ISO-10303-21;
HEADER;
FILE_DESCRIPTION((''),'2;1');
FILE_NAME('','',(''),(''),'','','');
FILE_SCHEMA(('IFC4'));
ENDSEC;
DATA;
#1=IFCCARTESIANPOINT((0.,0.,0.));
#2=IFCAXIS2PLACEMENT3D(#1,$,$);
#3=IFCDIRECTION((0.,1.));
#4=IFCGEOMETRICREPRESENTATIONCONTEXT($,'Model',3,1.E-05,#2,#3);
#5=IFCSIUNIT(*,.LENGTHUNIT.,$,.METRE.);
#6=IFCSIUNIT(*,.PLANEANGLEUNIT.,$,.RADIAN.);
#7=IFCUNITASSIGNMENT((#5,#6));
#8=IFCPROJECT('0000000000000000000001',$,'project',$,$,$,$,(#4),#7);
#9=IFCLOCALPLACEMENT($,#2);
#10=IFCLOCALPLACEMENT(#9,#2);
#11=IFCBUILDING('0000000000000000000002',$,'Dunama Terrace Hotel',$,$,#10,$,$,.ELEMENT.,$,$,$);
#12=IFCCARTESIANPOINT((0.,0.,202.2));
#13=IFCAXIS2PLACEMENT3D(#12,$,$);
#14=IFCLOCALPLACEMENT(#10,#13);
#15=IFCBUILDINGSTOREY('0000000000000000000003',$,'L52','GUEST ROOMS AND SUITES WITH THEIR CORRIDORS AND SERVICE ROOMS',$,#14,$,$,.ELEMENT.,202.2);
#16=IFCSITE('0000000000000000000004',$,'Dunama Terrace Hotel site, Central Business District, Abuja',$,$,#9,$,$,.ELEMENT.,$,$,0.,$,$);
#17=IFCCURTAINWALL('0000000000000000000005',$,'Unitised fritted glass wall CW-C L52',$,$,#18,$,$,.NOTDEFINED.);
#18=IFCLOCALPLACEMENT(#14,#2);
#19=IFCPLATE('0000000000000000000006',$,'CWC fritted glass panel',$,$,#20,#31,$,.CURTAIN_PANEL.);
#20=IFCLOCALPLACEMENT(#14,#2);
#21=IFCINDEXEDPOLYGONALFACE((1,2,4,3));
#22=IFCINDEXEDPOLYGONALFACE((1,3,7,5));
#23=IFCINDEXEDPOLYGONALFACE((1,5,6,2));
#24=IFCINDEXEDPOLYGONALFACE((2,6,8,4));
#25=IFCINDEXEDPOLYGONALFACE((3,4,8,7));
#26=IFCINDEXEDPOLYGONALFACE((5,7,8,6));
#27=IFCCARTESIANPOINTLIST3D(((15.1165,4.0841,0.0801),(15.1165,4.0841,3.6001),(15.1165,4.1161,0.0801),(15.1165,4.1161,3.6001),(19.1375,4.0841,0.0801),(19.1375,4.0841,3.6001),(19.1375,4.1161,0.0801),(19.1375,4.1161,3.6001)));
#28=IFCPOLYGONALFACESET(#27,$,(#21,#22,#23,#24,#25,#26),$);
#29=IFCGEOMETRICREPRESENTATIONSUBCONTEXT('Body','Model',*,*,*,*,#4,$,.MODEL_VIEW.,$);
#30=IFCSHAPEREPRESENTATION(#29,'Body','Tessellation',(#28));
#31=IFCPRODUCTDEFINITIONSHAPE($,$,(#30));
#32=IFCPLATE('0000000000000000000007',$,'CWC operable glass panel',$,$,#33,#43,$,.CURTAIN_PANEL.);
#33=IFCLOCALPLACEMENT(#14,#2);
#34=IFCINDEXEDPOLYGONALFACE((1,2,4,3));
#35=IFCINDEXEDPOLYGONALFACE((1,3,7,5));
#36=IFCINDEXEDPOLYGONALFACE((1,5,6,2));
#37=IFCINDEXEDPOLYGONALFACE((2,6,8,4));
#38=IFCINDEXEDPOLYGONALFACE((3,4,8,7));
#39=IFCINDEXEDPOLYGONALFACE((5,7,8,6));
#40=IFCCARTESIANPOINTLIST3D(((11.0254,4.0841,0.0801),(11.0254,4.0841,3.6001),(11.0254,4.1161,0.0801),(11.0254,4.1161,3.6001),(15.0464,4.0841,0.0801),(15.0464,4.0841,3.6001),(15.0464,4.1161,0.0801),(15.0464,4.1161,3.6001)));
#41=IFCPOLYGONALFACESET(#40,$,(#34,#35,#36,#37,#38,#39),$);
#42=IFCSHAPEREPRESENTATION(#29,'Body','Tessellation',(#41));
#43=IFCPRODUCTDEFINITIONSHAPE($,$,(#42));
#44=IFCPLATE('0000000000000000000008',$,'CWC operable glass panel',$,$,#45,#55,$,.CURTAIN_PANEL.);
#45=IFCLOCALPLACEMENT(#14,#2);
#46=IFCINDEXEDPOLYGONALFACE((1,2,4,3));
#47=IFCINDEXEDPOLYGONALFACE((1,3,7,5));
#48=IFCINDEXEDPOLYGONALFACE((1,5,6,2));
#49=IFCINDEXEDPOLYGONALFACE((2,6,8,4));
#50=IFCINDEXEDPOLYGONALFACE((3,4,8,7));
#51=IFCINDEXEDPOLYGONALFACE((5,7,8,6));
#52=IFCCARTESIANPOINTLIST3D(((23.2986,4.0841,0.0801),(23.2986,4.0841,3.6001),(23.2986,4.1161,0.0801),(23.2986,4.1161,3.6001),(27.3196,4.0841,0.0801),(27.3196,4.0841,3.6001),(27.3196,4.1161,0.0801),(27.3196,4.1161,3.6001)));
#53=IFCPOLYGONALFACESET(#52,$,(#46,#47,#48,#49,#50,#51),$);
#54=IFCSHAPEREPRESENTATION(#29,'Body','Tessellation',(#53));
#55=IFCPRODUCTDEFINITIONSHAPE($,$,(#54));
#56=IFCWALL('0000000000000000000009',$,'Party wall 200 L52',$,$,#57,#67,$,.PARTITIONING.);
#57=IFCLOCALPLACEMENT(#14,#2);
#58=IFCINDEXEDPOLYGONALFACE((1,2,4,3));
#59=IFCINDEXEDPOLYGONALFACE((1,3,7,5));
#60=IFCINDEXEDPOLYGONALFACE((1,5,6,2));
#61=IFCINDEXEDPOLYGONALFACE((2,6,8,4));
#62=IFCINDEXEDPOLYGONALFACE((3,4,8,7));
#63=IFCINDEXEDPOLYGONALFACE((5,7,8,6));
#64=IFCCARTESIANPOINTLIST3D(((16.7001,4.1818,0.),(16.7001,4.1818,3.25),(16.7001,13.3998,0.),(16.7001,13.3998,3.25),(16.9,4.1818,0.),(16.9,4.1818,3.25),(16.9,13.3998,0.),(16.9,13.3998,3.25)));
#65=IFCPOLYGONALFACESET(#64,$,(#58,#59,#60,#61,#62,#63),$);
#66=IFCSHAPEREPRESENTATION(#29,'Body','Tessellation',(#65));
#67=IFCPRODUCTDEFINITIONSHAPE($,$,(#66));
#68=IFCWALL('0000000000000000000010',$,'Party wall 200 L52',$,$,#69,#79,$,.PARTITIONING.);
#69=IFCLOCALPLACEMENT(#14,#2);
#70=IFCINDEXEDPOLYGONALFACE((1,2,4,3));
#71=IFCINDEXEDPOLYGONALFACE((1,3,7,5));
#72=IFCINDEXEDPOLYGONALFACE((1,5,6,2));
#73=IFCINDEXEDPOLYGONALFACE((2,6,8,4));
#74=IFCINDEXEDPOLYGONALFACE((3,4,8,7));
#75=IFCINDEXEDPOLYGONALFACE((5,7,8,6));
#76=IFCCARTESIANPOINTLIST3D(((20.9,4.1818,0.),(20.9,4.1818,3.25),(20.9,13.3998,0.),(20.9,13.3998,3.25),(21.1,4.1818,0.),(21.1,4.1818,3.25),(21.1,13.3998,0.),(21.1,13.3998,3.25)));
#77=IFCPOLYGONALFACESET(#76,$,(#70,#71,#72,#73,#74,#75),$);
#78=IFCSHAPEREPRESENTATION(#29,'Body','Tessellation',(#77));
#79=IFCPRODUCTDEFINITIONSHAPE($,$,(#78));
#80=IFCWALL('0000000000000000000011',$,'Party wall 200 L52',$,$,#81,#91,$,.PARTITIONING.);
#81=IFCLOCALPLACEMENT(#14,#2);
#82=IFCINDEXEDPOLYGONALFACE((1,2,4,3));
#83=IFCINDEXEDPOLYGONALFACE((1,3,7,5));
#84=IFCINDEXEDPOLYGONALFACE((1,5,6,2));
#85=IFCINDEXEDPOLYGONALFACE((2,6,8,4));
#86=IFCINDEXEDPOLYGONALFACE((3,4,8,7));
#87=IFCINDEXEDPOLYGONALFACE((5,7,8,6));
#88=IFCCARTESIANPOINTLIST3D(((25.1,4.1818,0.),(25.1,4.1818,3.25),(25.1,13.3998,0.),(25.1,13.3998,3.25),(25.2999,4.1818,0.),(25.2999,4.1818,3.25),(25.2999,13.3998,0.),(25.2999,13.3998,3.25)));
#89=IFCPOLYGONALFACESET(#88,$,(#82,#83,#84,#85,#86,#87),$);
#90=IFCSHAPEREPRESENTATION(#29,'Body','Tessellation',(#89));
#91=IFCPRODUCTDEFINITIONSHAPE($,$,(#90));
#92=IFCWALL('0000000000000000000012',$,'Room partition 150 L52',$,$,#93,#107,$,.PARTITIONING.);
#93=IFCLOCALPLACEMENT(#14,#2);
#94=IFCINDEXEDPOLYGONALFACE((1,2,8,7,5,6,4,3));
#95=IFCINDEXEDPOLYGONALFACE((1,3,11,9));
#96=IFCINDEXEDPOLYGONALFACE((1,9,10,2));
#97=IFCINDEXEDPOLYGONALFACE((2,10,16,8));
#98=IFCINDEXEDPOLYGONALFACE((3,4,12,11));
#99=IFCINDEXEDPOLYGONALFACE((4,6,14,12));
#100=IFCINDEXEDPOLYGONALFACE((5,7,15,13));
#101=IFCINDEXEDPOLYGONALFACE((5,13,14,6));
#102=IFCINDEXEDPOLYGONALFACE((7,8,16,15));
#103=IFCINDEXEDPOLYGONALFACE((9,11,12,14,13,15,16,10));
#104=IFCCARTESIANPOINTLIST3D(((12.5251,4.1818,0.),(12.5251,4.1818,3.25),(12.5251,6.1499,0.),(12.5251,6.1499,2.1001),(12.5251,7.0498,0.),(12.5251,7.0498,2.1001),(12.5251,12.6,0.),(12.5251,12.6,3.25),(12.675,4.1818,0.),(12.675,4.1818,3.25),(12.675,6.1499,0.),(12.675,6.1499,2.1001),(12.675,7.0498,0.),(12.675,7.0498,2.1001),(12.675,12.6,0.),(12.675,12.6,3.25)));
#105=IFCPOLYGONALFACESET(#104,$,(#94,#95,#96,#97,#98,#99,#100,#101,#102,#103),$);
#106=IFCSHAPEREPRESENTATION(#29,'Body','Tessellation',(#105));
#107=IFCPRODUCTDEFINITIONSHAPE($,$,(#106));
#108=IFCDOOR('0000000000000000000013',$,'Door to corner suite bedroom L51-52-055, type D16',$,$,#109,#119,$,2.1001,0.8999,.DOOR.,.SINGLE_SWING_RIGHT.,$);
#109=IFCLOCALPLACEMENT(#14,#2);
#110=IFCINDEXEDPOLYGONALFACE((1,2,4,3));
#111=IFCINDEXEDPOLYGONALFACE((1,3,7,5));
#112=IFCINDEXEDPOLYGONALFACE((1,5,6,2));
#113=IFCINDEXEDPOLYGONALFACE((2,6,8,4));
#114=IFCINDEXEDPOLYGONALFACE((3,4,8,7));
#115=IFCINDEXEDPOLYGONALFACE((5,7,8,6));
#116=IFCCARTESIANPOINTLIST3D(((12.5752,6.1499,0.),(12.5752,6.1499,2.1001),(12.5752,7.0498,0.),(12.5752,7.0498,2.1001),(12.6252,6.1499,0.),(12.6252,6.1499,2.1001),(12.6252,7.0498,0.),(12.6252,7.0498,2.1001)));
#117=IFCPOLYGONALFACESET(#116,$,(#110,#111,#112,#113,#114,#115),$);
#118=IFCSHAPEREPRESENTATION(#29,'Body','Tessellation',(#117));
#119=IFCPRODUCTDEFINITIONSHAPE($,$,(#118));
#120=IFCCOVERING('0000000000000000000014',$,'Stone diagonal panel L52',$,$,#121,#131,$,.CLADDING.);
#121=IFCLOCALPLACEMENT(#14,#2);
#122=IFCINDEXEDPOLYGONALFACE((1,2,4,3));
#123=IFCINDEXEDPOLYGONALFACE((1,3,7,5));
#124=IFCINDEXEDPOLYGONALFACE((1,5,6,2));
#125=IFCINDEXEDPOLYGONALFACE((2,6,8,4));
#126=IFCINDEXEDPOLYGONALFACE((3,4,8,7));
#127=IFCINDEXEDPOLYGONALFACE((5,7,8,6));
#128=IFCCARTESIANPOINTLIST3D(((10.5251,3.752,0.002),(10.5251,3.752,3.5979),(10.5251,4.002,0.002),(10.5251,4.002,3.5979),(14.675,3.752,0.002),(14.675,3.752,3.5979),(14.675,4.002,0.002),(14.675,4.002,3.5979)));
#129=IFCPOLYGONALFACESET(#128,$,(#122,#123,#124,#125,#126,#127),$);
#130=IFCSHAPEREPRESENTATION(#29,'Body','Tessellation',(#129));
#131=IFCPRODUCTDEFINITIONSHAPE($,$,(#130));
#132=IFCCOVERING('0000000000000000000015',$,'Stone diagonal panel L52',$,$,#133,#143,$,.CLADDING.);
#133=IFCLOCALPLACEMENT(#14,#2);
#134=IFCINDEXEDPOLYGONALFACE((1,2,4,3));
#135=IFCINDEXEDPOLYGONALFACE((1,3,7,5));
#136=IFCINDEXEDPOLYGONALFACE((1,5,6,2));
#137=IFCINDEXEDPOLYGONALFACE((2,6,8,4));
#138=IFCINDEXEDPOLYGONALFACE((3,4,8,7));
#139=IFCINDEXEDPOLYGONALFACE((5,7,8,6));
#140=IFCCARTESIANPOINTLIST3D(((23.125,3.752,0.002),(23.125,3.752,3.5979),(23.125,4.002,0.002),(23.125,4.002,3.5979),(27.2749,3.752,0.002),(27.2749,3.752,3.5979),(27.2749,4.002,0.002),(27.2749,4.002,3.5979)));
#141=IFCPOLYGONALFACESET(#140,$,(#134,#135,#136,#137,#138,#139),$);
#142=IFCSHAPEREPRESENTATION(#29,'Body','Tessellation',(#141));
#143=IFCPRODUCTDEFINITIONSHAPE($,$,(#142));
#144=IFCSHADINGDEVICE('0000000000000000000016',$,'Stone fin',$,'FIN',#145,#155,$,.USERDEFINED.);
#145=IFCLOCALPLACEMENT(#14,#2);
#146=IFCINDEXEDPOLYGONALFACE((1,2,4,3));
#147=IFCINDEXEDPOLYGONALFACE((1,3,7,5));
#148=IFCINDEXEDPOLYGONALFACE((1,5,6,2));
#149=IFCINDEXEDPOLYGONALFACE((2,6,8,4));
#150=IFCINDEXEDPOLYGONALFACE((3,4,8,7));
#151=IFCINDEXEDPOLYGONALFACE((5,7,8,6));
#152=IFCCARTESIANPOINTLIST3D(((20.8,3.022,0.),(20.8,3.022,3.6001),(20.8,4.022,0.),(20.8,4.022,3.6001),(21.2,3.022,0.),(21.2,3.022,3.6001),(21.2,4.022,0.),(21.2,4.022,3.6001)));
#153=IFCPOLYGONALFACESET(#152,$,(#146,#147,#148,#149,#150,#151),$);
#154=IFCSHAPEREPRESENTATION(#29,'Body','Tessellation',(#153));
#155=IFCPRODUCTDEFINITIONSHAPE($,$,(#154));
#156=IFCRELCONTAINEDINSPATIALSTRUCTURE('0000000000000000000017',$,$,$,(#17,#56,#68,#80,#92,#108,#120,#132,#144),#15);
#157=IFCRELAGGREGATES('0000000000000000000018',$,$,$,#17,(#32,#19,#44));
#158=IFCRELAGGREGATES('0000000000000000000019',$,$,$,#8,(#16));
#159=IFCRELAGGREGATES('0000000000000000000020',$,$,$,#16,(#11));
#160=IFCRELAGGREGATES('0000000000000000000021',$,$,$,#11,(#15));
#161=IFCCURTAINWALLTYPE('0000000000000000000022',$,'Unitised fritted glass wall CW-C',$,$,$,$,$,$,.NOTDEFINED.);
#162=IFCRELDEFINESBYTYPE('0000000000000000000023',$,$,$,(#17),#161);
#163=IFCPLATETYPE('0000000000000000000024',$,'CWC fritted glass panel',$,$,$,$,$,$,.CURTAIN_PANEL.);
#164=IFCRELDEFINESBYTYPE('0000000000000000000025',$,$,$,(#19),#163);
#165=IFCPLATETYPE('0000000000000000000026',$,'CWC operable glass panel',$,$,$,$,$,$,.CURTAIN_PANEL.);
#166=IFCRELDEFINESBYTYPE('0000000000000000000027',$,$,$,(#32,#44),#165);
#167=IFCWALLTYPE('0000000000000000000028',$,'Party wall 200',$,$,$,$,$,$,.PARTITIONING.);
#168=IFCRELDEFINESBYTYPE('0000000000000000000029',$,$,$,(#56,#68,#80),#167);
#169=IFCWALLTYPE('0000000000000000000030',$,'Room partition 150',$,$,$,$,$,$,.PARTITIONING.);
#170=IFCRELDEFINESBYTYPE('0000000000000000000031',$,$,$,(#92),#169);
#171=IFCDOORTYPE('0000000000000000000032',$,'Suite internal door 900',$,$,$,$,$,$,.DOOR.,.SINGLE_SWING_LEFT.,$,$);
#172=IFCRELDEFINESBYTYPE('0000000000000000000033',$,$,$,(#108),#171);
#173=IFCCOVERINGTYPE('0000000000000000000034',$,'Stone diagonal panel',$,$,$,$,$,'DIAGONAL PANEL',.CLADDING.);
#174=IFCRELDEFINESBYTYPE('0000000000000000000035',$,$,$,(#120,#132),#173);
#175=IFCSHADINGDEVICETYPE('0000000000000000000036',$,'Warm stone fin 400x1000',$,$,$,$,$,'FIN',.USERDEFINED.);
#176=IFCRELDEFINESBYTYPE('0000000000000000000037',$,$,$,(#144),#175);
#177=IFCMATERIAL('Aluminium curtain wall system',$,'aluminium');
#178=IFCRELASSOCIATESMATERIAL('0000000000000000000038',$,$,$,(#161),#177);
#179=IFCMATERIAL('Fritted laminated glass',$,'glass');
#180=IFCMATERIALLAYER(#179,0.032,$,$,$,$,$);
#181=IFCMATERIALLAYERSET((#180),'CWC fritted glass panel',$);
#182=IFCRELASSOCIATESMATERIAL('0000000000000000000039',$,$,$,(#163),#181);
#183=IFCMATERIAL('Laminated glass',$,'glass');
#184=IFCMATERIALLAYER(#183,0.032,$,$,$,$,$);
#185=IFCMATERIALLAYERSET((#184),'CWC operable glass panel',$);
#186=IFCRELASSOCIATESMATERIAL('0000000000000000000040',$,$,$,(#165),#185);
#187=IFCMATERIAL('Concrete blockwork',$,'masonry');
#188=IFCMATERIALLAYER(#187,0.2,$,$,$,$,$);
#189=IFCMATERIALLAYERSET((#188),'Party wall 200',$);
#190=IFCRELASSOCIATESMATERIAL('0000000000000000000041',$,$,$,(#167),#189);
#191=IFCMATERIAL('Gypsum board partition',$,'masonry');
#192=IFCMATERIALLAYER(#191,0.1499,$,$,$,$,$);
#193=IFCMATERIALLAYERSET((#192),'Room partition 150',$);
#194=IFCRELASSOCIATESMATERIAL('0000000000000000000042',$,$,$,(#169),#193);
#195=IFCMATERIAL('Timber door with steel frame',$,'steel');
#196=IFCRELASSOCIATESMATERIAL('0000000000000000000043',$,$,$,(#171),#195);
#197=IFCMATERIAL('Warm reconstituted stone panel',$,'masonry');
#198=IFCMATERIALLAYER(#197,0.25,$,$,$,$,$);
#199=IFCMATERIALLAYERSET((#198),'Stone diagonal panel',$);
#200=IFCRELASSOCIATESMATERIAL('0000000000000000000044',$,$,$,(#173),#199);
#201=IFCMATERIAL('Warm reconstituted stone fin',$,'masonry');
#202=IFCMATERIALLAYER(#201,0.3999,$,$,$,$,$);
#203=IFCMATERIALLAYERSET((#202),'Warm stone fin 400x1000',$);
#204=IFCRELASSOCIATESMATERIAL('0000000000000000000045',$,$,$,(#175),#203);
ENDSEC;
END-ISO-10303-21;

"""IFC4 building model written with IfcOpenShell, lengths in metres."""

from ifc_helpers import new_model, si_unit, direction, frame, frame_2d, origin, origin_2d, place, context, subcontext, project, spatial, rectangle, extrude, material, layer, layer_set, type_object, element, fill, aggregate, save


model = new_model("IFC4")

# Units and contexts
model_context = context("Model", 3, precision=1e-05, world=origin(), true_north=direction((0.0, 1.0)))
body_context = subcontext(model_context, "Body", "Model", "MODEL_VIEW")
ifc_project = project(units=[si_unit("LENGTHUNIT", "METRE"), si_unit("PLANEANGLEUNIT", "RADIAN")], contexts=[model_context])

# Site, building, storey
site_placement = place(None, origin())
site = spatial("IfcSite", under=ifc_project, at=site_placement, Name="Dunama Terrace Hotel site, Central Business District, Abuja", CompositionType="ELEMENT", RefElevation=0.0)
building_placement = place(site_placement, origin())
building = spatial("IfcBuilding", under=site, at=building_placement, Name="Dunama Terrace Hotel", CompositionType="ELEMENT")
storey_placement = place(building_placement, frame((0.0, 0.0, 202.2)))
storey = spatial("IfcBuildingStorey", under=building, at=storey_placement, Name="L52", Description="GUEST ROOMS AND SUITES WITH THEIR CORRIDORS AND SERVICE ROOMS", CompositionType="ELEMENT", Elevation=202.2)

# Curtain wall
ifc_material_1 = material(Name="Aluminium curtain wall system", Category="aluminium")
curtain_wall_type = type_object("IfcCurtainWallType", Name="Unitised fritted glass wall CW-C", PredefinedType="NOTDEFINED", material=ifc_material_1)
curtain_wall_placement = place(storey_placement, origin())
curtain_wall = element("IfcCurtainWall", 1, at=curtain_wall_placement, inside=storey, type_object=curtain_wall_type, Name="Unitised fritted glass wall CW-C L52", PredefinedType="NOTDEFINED")

# Plates
ifc_material_2 = material(Name="Fritted laminated glass", Category="glass")
ifc_layer_1 = layer(ifc_material_2, 0.032)
ifc_layer_set_1 = layer_set([ifc_layer_1], Name="CWC fritted glass panel")
plate_type_1 = type_object("IfcPlateType", Name="CWC fritted glass panel", PredefinedType="CURTAIN_PANEL", material=ifc_layer_set_1)
plate_1_placement = place(storey_placement, frame((17.127, 4.1001, 0.0801), z_axis=(0.0, 0.0, 1.0), x_axis=(1.0, 0.0, 0.0)))
plate_1 = element("IfcPlate", 2, at=plate_1_placement, type_object=plate_type_1, Name="CWC fritted glass panel", PredefinedType="CURTAIN_PANEL", context=body_context, shape_type="SweptSolid", body=[
    extrude(rectangle(XDim=4.021, YDim=0.032, at=origin_2d()), origin(), (0.0, 0.0, 1.0), 3.52),
])
ifc_material_3 = material(Name="Laminated glass", Category="glass")
ifc_layer_2 = layer(ifc_material_3, 0.032)
ifc_layer_set_2 = layer_set([ifc_layer_2], Name="CWC operable glass panel")
plate_type_2 = type_object("IfcPlateType", Name="CWC operable glass panel", PredefinedType="CURTAIN_PANEL", material=ifc_layer_set_2)
plate_2_placement = place(storey_placement, frame((13.0359, 4.1001, 0.0801), z_axis=(0.0, 0.0, 1.0), x_axis=(1.0, 0.0, 0.0)))
plate_2 = element("IfcPlate", 3, at=plate_2_placement, type_object=plate_type_2, Name="CWC operable glass panel", PredefinedType="CURTAIN_PANEL", context=body_context, shape_type="SweptSolid", body=[
    extrude(rectangle(XDim=4.021, YDim=0.032, at=origin_2d()), origin(), (0.0, 0.0, 1.0), 3.52),
])
plate_3_placement = place(storey_placement, frame((25.3091, 4.1001, 0.0801), z_axis=(0.0, 0.0, 1.0), x_axis=(1.0, 0.0, 0.0)))
plate_3 = element("IfcPlate", 4, at=plate_3_placement, type_object=plate_type_2, Name="CWC operable glass panel", PredefinedType="CURTAIN_PANEL", context=body_context, shape_type="SweptSolid", body=[
    extrude(rectangle(XDim=4.021, YDim=0.032, at=origin_2d()), origin(), (0.0, 0.0, 1.0), 3.52),
])
aggregate(curtain_wall, [plate_2, plate_1, plate_3])

# Walls
ifc_material_4 = material(Name="Concrete blockwork", Category="masonry")
ifc_layer_3 = layer(ifc_material_4, 0.2)
ifc_layer_set_3 = layer_set([ifc_layer_3], Name="Party wall 200")
wall_type_1 = type_object("IfcWallType", Name="Party wall 200", PredefinedType="PARTITIONING", material=ifc_layer_set_3)
for number, where, z_axis, x_axis, name in (
    (5, (16.8, 4.1819, 0.0), (0.0, 0.0, 1.0), (0.0, 1.0, 0.0), "Party wall 200 L52"),
    (6, (21.0, 4.1819, 0.0), (0.0, 0.0, 1.0), (0.0, 1.0, 0.0), "Party wall 200 L52"),
    (7, (25.2, 4.1819, 0.0), (0.0, 0.0, 1.0), (0.0, 1.0, 0.0), "Party wall 200 L52"),
):
    element("IfcWall", number, at=place(storey_placement, frame(where, z_axis=z_axis, x_axis=x_axis)), inside=storey, type_object=wall_type_1, Name=name, PredefinedType="PARTITIONING", context=body_context, shape_type="SweptSolid", body=[
        extrude(rectangle(XDim=9.218, YDim=0.2, at=frame_2d((4.6089, 0.0))), origin(), (0.0, 0.0, 1.0), 3.25),
    ])

# Wall, opening, door
ifc_material_5 = material(Name="Gypsum board partition", Category="masonry")
ifc_layer_4 = layer(ifc_material_5, 0.1499)
ifc_layer_set_4 = layer_set([ifc_layer_4], Name="Room partition 150")
wall_type_2 = type_object("IfcWallType", Name="Room partition 150", PredefinedType="PARTITIONING", material=ifc_layer_set_4)
wall_placement = place(storey_placement, frame((12.6001, 4.1819, 0.0), z_axis=(0.0, 0.0, 1.0), x_axis=(0.0, 1.0, 0.0)))
wall = element("IfcWall", 8, at=wall_placement, inside=storey, type_object=wall_type_2, Name="Room partition 150 L52", PredefinedType="PARTITIONING", context=body_context, shape_type="SweptSolid", body=[
    extrude(rectangle(XDim=8.4182, YDim=0.1499, at=frame_2d((4.209, 0.0))), origin(), (0.0, 0.0, 1.0), 3.25),
])
opening_placement = place(wall_placement, frame((1.968, 0.0, 0.0)))
opening = element("IfcOpeningElement", 9, at=opening_placement, cuts=wall, PredefinedType="OPENING", context=body_context, shape_type="SweptSolid", body=[
    extrude(rectangle(XDim=0.8999, YDim=2.1001, at=frame_2d((0.45, 1.05))), frame((0.0, 0.085, 0.0), z_axis=(0.0, -1.0, 0.0), x_axis=(1.0, 0.0, 0.0)), (0.0, 0.0, 1.0), 0.1699),
])
ifc_material_6 = material(Name="Timber door with steel frame", Category="steel")
door_type = type_object("IfcDoorType", Name="Suite internal door 900", OperationType="SINGLE_SWING_LEFT", PredefinedType="DOOR", material=ifc_material_6)
door_placement = place(opening_placement, origin())
door = element("IfcDoor", 10, at=door_placement, inside=storey, type_object=door_type, Name="Door to corner suite bedroom L51-52-055, type D16", OperationType="SINGLE_SWING_RIGHT", OverallHeight=2.1001, OverallWidth=0.8999, PredefinedType="DOOR", context=body_context, shape_type="SweptSolid", body=[
    extrude(rectangle(XDim=0.8999, YDim=2.1001, at=frame_2d((0.45, 1.05))), frame((0.0, 0.0249, 0.0), z_axis=(0.0, -1.0, 0.0), x_axis=(1.0, 0.0, 0.0)), (0.0, 0.0, 1.0), 0.05),
])
fill(opening, door)

# Coverings
ifc_material_7 = material(Name="Warm reconstituted stone panel", Category="masonry")
ifc_layer_5 = layer(ifc_material_7, 0.25)
ifc_layer_set_5 = layer_set([ifc_layer_5], Name="Stone diagonal panel")
covering_type = type_object("IfcCoveringType", Name="Stone diagonal panel", ElementType="DIAGONAL PANEL", PredefinedType="CLADDING", material=ifc_layer_set_5)
for number, where, z_axis, x_axis, name in (
    (11, (12.6001, 3.877, 0.002), (0.0, 0.0, 1.0), (1.0, 0.0, 0.0), "Stone diagonal panel L52"),
    (12, (25.2, 3.877, 0.002), (0.0, 0.0, 1.0), (1.0, 0.0, 0.0), "Stone diagonal panel L52"),
):
    element("IfcCovering", number, at=place(storey_placement, frame(where, z_axis=z_axis, x_axis=x_axis)), inside=storey, type_object=covering_type, Name=name, PredefinedType="CLADDING", context=body_context, shape_type="SweptSolid", body=[
        extrude(rectangle(XDim=4.1499, YDim=0.25, at=origin_2d()), origin(), (0.0, 0.0, 1.0), 3.5959),
    ])

# Shading device
ifc_material_8 = material(Name="Warm reconstituted stone fin", Category="masonry")
ifc_layer_6 = layer(ifc_material_8, 0.3999)
ifc_layer_set_6 = layer_set([ifc_layer_6], Name="Warm stone fin 400x1000")
shading_device_type = type_object("IfcShadingDeviceType", Name="Warm stone fin 400x1000", ElementType="FIN", PredefinedType="USERDEFINED", material=ifc_layer_set_6)
shading_device_placement = place(storey_placement, frame((21.0, 3.522, 0.0), z_axis=(0.0, 0.0, 1.0), x_axis=(1.0, 0.0, 0.0)))
element("IfcShadingDevice", 13, at=shading_device_placement, inside=storey, type_object=shading_device_type, Name="Stone fin", ObjectType="FIN", PredefinedType="USERDEFINED", context=body_context, shape_type="SweptSolid", body=[
    extrude(rectangle(XDim=0.3999, YDim=1.0, at=origin_2d()), origin(), (0.0, 0.0, 1.0), 3.6001),
])

save(model, "model.ifc")
